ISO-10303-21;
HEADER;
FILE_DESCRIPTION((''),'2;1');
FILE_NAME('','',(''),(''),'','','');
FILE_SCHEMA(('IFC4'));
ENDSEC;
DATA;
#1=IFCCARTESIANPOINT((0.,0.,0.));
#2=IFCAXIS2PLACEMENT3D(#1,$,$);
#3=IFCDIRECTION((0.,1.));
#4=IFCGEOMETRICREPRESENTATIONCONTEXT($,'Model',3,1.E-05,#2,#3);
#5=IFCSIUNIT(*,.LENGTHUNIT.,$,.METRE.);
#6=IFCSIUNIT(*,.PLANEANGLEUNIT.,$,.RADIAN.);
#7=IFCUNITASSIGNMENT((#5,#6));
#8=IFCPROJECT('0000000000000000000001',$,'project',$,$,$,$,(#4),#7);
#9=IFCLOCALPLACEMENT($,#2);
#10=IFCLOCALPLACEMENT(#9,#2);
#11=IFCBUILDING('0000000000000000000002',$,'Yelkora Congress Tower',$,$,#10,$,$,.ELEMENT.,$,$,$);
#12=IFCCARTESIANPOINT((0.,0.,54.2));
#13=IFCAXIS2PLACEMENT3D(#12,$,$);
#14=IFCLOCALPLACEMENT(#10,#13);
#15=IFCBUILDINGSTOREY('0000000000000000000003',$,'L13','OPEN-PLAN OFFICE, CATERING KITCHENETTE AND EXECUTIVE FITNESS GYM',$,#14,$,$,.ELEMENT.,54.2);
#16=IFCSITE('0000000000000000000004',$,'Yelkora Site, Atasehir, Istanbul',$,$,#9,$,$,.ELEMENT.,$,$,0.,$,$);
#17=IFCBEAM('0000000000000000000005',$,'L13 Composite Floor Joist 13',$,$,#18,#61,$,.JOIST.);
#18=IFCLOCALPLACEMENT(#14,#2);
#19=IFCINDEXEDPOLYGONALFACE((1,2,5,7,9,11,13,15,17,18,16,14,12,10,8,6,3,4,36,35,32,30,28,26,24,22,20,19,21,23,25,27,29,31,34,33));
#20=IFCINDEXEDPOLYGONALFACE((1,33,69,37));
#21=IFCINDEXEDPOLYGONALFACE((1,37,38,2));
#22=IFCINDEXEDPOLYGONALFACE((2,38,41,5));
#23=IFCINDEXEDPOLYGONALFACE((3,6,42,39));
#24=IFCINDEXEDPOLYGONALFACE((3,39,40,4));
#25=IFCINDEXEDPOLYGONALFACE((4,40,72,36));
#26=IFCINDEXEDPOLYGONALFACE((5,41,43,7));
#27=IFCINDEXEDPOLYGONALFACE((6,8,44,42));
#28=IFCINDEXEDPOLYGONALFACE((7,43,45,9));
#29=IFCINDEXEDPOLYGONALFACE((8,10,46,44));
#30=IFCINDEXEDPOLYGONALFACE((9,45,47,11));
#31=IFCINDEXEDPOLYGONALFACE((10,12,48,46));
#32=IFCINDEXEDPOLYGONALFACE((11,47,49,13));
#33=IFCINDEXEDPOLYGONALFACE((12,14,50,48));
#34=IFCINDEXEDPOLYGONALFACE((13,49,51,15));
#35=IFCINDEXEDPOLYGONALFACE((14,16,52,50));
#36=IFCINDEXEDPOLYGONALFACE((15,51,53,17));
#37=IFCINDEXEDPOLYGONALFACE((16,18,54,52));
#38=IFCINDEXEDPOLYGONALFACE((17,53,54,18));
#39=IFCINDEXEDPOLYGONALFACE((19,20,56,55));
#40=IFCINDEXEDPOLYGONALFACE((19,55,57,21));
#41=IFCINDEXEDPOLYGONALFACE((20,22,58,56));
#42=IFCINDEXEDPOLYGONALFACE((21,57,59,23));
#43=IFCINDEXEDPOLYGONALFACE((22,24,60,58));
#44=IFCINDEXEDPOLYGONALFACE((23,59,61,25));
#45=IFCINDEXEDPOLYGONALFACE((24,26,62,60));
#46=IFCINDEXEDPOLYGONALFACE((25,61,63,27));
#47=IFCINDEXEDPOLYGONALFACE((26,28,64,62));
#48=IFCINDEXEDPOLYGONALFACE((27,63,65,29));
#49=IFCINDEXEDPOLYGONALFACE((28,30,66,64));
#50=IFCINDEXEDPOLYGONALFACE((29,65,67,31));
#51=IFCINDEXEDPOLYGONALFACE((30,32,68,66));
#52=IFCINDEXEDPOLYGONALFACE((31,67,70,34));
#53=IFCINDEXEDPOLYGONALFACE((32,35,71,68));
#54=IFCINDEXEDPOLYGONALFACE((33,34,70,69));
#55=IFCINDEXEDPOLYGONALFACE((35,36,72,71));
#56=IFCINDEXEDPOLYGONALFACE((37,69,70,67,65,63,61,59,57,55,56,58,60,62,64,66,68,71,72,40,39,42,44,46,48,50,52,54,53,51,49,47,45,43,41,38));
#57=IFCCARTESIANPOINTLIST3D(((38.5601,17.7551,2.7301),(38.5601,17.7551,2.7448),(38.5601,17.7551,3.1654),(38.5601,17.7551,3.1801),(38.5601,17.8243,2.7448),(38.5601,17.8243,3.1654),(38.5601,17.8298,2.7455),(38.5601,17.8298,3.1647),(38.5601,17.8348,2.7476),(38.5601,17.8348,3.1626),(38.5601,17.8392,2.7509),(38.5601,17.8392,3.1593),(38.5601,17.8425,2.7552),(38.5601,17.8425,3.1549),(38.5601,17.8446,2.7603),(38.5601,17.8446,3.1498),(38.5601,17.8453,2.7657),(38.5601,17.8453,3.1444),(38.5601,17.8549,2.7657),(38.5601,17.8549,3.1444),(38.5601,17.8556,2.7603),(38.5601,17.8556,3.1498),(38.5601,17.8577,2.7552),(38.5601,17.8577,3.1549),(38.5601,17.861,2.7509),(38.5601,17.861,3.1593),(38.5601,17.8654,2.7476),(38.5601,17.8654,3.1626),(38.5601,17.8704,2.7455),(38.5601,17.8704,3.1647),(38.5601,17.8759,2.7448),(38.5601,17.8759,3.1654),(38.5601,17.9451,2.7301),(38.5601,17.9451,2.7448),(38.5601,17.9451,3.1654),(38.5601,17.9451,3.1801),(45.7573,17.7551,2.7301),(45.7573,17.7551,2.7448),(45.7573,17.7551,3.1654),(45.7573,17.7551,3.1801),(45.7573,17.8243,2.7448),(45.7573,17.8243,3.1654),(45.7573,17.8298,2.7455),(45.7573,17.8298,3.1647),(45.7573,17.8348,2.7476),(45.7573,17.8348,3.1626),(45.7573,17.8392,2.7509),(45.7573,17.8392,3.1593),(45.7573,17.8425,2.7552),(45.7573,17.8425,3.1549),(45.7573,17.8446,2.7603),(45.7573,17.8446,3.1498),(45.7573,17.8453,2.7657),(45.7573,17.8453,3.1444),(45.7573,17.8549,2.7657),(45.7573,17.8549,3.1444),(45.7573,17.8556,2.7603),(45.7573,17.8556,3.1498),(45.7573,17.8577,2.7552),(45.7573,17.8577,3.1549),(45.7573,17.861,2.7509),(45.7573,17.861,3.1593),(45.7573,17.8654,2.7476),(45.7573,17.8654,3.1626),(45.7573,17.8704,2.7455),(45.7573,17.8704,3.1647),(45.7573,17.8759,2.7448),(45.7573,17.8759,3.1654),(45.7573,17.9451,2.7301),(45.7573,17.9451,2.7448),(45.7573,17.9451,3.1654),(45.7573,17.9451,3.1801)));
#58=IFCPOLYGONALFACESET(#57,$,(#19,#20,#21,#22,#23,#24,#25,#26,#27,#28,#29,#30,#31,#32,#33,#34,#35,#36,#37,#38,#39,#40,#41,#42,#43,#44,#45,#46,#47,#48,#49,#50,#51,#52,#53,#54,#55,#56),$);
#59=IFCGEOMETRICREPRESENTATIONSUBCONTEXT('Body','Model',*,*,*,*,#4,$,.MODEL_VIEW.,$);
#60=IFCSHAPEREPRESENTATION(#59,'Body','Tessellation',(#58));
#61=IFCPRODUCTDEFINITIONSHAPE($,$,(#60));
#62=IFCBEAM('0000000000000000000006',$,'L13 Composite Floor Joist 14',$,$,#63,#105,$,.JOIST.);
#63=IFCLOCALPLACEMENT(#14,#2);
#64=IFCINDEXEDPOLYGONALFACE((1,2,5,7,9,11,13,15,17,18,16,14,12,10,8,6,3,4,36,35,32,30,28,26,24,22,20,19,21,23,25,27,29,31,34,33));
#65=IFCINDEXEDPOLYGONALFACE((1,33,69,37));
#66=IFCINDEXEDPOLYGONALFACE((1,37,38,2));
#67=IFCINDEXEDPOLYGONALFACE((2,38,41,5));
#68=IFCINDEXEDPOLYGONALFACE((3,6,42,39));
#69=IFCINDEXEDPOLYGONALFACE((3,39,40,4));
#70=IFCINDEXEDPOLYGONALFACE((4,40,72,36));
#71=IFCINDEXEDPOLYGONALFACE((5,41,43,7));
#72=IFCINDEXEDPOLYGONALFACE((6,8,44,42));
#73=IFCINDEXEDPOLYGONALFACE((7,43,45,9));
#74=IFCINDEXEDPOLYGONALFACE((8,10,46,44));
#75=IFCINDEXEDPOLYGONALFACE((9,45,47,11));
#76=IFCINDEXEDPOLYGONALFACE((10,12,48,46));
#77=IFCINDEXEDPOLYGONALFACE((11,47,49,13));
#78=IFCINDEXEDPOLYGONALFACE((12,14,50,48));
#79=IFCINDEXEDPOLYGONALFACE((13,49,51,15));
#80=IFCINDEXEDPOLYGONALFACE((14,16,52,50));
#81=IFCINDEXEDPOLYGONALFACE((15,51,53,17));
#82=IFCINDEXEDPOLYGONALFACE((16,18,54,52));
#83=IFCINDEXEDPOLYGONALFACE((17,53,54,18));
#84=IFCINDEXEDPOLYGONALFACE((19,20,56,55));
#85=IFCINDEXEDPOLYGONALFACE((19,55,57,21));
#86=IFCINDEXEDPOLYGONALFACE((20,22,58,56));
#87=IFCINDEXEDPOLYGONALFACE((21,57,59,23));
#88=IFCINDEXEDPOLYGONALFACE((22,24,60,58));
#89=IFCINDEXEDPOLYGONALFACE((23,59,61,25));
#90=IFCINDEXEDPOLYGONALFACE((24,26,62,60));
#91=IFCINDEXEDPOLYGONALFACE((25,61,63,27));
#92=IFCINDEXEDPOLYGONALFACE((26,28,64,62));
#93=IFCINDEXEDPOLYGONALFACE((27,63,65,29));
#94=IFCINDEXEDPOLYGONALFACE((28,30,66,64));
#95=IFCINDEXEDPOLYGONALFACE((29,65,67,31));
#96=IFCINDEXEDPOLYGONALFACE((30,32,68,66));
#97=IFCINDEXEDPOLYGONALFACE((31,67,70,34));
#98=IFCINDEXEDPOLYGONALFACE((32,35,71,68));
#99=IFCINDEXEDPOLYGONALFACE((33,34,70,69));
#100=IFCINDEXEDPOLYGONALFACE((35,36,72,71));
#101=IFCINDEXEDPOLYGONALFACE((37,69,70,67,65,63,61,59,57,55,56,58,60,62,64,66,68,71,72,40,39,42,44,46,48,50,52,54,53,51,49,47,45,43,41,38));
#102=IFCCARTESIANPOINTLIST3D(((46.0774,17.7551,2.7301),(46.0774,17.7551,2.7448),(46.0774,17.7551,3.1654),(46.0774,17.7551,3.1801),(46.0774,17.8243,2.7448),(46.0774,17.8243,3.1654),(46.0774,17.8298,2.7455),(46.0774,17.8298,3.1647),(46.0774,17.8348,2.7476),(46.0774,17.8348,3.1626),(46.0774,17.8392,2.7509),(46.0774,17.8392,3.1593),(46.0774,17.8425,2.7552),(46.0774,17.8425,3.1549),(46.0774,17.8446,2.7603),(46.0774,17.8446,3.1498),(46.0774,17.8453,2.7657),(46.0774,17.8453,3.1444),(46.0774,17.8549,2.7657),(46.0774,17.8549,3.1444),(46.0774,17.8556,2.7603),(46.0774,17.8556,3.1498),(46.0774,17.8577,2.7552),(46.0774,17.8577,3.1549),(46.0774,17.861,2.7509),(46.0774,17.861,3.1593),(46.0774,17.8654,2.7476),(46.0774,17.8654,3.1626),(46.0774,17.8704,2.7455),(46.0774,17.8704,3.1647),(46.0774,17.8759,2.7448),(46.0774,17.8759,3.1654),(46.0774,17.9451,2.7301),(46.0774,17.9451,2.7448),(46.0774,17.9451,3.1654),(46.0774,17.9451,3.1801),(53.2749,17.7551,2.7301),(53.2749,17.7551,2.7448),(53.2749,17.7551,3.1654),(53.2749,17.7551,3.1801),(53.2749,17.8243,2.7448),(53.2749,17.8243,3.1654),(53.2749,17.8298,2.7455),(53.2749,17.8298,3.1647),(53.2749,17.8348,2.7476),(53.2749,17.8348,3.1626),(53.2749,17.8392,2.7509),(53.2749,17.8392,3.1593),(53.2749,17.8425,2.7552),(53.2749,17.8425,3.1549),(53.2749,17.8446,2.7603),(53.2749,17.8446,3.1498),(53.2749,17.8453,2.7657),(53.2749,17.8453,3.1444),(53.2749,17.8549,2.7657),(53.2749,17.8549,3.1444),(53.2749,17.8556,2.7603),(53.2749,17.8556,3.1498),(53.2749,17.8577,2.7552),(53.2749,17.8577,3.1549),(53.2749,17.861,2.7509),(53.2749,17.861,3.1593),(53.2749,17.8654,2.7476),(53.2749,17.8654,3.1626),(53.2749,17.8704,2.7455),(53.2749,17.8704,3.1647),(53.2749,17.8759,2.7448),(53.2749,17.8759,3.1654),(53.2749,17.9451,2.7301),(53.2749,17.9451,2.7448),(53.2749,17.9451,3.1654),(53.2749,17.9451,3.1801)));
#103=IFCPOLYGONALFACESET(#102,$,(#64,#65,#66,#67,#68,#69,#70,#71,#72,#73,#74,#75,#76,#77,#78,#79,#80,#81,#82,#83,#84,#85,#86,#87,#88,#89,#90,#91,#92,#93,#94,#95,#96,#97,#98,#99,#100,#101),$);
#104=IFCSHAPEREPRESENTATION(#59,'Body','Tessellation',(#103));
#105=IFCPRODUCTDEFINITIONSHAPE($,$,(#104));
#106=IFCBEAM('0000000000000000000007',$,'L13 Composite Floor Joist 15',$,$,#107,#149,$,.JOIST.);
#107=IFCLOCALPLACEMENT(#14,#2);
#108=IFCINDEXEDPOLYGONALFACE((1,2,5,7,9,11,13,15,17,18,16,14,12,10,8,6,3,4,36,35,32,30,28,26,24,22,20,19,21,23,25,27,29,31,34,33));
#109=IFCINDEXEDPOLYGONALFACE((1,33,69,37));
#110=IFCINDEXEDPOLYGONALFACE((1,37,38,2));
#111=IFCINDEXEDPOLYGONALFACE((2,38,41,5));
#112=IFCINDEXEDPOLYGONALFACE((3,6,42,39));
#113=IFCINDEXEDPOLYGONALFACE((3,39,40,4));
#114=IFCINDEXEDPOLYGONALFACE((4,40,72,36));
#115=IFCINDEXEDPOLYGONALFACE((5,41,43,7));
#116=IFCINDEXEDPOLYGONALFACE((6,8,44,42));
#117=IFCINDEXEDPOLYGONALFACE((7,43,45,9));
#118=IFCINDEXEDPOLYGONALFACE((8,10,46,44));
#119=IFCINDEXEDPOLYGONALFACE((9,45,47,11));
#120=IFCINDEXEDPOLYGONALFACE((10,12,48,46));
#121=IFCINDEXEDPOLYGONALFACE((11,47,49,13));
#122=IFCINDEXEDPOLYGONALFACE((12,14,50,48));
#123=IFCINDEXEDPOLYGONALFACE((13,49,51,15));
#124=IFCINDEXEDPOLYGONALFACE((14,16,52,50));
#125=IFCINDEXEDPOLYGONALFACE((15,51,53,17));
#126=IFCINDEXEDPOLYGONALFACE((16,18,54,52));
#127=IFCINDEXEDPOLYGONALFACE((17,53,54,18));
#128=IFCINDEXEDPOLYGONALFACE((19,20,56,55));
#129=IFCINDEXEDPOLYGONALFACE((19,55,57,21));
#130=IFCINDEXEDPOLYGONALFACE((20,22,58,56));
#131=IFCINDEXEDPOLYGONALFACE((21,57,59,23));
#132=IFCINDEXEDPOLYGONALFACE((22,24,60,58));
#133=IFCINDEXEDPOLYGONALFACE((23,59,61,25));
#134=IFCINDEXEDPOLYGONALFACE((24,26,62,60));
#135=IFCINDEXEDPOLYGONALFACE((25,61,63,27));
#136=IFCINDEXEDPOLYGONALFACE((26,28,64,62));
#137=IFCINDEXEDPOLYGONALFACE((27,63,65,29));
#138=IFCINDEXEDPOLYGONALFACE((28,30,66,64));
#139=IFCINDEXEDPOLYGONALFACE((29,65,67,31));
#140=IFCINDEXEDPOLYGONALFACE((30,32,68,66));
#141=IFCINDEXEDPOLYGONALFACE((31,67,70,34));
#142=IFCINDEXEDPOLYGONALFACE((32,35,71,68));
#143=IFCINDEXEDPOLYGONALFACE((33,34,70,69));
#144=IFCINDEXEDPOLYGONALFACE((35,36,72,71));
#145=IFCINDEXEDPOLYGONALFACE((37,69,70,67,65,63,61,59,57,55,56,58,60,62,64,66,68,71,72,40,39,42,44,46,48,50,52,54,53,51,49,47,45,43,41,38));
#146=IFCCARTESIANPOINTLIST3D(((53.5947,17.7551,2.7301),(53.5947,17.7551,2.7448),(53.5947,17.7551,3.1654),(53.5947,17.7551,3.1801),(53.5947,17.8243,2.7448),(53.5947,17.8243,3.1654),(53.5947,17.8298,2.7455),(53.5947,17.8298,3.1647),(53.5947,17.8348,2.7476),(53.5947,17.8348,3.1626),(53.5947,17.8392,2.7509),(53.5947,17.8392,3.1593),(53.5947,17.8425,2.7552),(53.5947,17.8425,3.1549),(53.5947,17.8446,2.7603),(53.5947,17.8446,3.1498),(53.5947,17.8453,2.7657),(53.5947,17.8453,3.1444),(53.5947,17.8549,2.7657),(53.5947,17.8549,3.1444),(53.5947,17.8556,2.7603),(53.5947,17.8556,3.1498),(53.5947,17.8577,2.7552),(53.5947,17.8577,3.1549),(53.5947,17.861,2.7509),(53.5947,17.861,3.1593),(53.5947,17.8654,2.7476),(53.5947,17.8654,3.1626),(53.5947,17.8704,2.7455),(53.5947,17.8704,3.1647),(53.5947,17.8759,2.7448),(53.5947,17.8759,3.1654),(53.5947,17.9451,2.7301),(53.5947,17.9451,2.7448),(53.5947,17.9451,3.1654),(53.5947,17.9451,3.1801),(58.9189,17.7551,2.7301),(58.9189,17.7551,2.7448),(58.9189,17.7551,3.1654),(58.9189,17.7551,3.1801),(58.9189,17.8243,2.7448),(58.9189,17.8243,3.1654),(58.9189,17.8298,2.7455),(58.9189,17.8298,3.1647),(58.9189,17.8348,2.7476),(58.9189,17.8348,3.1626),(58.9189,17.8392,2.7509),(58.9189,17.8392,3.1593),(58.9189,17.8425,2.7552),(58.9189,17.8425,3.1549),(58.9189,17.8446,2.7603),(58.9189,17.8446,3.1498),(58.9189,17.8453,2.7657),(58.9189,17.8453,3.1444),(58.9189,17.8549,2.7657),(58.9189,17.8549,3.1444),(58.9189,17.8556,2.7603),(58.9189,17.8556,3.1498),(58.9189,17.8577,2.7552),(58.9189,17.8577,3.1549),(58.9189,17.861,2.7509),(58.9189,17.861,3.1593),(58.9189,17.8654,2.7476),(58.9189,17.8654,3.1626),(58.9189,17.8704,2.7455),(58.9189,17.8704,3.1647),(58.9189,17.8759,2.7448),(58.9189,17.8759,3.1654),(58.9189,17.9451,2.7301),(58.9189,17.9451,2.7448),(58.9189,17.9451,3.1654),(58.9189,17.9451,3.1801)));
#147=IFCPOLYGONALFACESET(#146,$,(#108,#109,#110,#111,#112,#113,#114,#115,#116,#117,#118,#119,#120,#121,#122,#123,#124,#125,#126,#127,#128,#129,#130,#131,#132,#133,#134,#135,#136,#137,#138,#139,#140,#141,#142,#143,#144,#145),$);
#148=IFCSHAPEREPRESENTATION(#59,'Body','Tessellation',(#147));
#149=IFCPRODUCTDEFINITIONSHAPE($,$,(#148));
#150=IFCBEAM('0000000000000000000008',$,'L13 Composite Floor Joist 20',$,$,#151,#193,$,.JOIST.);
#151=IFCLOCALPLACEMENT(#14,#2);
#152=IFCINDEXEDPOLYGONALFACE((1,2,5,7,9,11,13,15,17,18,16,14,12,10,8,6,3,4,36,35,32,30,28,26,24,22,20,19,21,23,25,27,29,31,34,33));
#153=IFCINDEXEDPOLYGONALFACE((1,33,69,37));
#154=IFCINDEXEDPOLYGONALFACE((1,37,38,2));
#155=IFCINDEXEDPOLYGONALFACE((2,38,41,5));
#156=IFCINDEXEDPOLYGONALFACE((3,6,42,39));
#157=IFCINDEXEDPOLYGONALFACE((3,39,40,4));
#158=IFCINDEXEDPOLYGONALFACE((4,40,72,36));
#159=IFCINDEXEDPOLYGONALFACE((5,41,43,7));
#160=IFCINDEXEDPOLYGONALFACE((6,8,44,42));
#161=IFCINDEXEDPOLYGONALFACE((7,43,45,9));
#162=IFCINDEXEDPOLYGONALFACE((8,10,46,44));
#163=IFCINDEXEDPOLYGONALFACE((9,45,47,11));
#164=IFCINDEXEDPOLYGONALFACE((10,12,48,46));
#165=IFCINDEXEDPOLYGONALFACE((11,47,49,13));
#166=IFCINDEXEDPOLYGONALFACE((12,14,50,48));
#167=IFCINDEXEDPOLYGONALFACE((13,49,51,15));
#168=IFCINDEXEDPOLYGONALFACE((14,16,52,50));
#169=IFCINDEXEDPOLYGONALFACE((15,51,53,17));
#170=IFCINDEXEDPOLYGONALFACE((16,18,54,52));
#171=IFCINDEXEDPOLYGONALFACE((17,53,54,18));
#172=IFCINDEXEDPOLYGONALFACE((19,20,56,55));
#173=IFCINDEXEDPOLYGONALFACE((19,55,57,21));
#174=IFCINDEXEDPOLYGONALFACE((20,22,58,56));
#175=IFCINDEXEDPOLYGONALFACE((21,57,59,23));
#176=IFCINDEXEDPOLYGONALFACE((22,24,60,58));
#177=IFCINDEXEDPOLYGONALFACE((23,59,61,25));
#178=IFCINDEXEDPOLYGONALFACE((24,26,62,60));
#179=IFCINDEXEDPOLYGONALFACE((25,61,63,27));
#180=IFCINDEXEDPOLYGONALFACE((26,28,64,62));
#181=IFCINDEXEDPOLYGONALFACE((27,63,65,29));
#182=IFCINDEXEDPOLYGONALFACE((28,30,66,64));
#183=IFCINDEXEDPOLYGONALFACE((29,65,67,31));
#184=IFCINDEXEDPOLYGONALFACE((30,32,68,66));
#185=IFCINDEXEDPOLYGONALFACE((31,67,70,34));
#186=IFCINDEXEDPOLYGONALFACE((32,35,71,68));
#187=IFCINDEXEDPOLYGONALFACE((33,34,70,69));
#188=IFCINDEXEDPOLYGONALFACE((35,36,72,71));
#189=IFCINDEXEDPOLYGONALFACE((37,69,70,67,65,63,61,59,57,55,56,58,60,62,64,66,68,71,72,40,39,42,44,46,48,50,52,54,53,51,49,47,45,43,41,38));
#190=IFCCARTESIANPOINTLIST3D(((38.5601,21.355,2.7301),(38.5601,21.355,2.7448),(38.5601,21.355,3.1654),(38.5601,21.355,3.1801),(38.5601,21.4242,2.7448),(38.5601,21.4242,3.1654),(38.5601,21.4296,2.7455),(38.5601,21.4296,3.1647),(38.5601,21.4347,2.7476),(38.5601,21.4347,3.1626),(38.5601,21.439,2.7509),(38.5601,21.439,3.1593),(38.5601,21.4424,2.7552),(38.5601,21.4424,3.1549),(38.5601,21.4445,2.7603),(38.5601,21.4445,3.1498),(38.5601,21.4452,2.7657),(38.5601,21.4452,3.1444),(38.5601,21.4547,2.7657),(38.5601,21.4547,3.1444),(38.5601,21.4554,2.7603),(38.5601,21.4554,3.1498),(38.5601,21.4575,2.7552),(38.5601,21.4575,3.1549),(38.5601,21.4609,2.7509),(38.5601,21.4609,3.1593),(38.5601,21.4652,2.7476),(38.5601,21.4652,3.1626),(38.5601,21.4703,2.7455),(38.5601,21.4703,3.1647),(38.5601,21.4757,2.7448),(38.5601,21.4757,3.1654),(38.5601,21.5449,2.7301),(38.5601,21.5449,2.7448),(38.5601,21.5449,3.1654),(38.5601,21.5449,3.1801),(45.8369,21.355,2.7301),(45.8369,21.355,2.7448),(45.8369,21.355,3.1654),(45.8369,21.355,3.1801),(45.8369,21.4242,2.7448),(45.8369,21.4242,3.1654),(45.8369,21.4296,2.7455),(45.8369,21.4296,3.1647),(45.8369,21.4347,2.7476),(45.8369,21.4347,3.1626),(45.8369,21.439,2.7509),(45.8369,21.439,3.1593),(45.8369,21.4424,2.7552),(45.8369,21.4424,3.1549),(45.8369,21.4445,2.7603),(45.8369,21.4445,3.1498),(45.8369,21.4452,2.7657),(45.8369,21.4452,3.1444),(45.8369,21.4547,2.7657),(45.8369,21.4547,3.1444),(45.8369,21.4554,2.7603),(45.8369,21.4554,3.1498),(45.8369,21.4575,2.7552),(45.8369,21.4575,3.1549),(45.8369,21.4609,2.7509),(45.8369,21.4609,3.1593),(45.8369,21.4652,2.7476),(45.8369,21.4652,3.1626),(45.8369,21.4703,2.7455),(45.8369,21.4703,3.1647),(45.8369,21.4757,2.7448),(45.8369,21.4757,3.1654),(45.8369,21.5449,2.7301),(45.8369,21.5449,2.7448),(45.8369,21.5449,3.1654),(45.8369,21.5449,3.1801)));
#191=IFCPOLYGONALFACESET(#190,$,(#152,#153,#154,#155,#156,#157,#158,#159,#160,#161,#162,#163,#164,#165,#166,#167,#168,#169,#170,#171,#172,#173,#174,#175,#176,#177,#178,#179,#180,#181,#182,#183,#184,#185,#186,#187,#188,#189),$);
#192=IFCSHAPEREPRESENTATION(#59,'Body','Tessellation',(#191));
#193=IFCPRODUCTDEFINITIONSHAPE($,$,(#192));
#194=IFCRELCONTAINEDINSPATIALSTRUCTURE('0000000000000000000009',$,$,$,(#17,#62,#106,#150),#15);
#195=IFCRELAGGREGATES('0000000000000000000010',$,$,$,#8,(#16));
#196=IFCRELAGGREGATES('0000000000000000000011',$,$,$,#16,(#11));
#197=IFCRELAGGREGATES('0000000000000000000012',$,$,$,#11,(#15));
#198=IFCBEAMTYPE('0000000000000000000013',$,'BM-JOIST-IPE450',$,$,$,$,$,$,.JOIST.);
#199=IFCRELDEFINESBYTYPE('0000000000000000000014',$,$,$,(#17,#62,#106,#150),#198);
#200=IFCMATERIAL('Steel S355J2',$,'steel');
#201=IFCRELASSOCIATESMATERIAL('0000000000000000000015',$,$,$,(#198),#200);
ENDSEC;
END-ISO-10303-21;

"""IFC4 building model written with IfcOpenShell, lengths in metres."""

from ifc_helpers import new_model, si_unit, direction, frame, origin, origin_2d, place, context, subcontext, project, spatial, i_section, extrude, material, material_profile, profile_set, type_object, element, save


model = new_model("IFC4")

# Units and contexts
model_context = context("Model", 3, precision=1e-05, world=origin(), true_north=direction((0.0, 1.0)))
body_context = subcontext(model_context, "Body", "Model", "MODEL_VIEW")
ifc_project = project(units=[si_unit("LENGTHUNIT", "METRE"), si_unit("PLANEANGLEUNIT", "RADIAN")], contexts=[model_context])

# Site, building, storey
site_placement = place(None, origin())
site = spatial("IfcSite", under=ifc_project, at=site_placement, Name="Yelkora Site, Atasehir, Istanbul", CompositionType="ELEMENT", RefElevation=0.0)
building_placement = place(site_placement, origin())
building = spatial("IfcBuilding", under=site, at=building_placement, Name="Yelkora Congress Tower", CompositionType="ELEMENT")
storey_placement = place(building_placement, frame((0.0, 0.0, 54.2)))
storey = spatial("IfcBuildingStorey", under=building, at=storey_placement, Name="L13", Description="OPEN-PLAN OFFICE, CATERING KITCHENETTE AND EXECUTIVE FITNESS GYM", CompositionType="ELEMENT", Elevation=54.2)

# Beams
ifc_material_1 = material(Name="Steel S355J2", Category="steel")
ifc_material_profile_1 = material_profile(ifc_material_1, i_section(OverallWidth=0.1899, OverallDepth=0.45, WebThickness=0.0095, FlangeThickness=0.0146, FilletRadius=0.021, at=origin_2d()), Name="IPE 450")
ifc_profile_set_1 = profile_set([ifc_material_profile_1], Name="Steel S355J2")
beam_type_1 = type_object("IfcBeamType", Name="BM-JOIST-IPE450", PredefinedType="JOIST", material=ifc_profile_set_1)
beam_1_placement = place(storey_placement, frame((38.5601, 17.8501, 2.9551), z_axis=(1.0, 0.0, 0.0), x_axis=(0.0, 1.0, 0.0)))
element("IfcBeam", 1, at=beam_1_placement, inside=storey, type_object=beam_type_1, Name="L13 Composite Floor Joist 13", PredefinedType="JOIST", context=body_context, shape_type="SweptSolid", body=[
    extrude(i_section(OverallWidth=0.1899, OverallDepth=0.45, WebThickness=0.0095, FlangeThickness=0.0146, FilletRadius=0.021, at=origin_2d()), origin(), (0.0, 0.0, 1.0), 7.1973),
])
beam_2_placement = place(storey_placement, frame((46.0774, 17.8501, 2.9551), z_axis=(1.0, 0.0, 0.0), x_axis=(0.0, 1.0, 0.0)))
element("IfcBeam", 2, at=beam_2_placement, inside=storey, type_object=beam_type_1, Name="L13 Composite Floor Joist 14", PredefinedType="JOIST", context=body_context, shape_type="SweptSolid", body=[
    extrude(i_section(OverallWidth=0.1899, OverallDepth=0.45, WebThickness=0.0095, FlangeThickness=0.0146, FilletRadius=0.021, at=origin_2d()), origin(), (0.0, 0.0, 1.0), 7.1975),
])
beam_3_placement = place(storey_placement, frame((53.5947, 17.8501, 2.9551), z_axis=(1.0, 0.0, 0.0), x_axis=(0.0, 1.0, 0.0)))
element("IfcBeam", 3, at=beam_3_placement, inside=storey, type_object=beam_type_1, Name="L13 Composite Floor Joist 15", PredefinedType="JOIST", context=body_context, shape_type="SweptSolid", body=[
    extrude(i_section(OverallWidth=0.1899, OverallDepth=0.45, WebThickness=0.0095, FlangeThickness=0.0146, FilletRadius=0.021, at=origin_2d()), origin(), (0.0, 0.0, 1.0), 5.3242),
])
beam_4_placement = place(storey_placement, frame((38.5601, 21.45, 2.9551), z_axis=(1.0, 0.0, 0.0), x_axis=(0.0, 1.0, 0.0)))
element("IfcBeam", 4, at=beam_4_placement, inside=storey, type_object=beam_type_1, Name="L13 Composite Floor Joist 20", PredefinedType="JOIST", context=body_context, shape_type="SweptSolid", body=[
    extrude(i_section(OverallWidth=0.1899, OverallDepth=0.45, WebThickness=0.0095, FlangeThickness=0.0146, FilletRadius=0.021, at=origin_2d()), origin(), (0.0, 0.0, 1.0), 7.2769),
])

save(model, "model.ifc")
